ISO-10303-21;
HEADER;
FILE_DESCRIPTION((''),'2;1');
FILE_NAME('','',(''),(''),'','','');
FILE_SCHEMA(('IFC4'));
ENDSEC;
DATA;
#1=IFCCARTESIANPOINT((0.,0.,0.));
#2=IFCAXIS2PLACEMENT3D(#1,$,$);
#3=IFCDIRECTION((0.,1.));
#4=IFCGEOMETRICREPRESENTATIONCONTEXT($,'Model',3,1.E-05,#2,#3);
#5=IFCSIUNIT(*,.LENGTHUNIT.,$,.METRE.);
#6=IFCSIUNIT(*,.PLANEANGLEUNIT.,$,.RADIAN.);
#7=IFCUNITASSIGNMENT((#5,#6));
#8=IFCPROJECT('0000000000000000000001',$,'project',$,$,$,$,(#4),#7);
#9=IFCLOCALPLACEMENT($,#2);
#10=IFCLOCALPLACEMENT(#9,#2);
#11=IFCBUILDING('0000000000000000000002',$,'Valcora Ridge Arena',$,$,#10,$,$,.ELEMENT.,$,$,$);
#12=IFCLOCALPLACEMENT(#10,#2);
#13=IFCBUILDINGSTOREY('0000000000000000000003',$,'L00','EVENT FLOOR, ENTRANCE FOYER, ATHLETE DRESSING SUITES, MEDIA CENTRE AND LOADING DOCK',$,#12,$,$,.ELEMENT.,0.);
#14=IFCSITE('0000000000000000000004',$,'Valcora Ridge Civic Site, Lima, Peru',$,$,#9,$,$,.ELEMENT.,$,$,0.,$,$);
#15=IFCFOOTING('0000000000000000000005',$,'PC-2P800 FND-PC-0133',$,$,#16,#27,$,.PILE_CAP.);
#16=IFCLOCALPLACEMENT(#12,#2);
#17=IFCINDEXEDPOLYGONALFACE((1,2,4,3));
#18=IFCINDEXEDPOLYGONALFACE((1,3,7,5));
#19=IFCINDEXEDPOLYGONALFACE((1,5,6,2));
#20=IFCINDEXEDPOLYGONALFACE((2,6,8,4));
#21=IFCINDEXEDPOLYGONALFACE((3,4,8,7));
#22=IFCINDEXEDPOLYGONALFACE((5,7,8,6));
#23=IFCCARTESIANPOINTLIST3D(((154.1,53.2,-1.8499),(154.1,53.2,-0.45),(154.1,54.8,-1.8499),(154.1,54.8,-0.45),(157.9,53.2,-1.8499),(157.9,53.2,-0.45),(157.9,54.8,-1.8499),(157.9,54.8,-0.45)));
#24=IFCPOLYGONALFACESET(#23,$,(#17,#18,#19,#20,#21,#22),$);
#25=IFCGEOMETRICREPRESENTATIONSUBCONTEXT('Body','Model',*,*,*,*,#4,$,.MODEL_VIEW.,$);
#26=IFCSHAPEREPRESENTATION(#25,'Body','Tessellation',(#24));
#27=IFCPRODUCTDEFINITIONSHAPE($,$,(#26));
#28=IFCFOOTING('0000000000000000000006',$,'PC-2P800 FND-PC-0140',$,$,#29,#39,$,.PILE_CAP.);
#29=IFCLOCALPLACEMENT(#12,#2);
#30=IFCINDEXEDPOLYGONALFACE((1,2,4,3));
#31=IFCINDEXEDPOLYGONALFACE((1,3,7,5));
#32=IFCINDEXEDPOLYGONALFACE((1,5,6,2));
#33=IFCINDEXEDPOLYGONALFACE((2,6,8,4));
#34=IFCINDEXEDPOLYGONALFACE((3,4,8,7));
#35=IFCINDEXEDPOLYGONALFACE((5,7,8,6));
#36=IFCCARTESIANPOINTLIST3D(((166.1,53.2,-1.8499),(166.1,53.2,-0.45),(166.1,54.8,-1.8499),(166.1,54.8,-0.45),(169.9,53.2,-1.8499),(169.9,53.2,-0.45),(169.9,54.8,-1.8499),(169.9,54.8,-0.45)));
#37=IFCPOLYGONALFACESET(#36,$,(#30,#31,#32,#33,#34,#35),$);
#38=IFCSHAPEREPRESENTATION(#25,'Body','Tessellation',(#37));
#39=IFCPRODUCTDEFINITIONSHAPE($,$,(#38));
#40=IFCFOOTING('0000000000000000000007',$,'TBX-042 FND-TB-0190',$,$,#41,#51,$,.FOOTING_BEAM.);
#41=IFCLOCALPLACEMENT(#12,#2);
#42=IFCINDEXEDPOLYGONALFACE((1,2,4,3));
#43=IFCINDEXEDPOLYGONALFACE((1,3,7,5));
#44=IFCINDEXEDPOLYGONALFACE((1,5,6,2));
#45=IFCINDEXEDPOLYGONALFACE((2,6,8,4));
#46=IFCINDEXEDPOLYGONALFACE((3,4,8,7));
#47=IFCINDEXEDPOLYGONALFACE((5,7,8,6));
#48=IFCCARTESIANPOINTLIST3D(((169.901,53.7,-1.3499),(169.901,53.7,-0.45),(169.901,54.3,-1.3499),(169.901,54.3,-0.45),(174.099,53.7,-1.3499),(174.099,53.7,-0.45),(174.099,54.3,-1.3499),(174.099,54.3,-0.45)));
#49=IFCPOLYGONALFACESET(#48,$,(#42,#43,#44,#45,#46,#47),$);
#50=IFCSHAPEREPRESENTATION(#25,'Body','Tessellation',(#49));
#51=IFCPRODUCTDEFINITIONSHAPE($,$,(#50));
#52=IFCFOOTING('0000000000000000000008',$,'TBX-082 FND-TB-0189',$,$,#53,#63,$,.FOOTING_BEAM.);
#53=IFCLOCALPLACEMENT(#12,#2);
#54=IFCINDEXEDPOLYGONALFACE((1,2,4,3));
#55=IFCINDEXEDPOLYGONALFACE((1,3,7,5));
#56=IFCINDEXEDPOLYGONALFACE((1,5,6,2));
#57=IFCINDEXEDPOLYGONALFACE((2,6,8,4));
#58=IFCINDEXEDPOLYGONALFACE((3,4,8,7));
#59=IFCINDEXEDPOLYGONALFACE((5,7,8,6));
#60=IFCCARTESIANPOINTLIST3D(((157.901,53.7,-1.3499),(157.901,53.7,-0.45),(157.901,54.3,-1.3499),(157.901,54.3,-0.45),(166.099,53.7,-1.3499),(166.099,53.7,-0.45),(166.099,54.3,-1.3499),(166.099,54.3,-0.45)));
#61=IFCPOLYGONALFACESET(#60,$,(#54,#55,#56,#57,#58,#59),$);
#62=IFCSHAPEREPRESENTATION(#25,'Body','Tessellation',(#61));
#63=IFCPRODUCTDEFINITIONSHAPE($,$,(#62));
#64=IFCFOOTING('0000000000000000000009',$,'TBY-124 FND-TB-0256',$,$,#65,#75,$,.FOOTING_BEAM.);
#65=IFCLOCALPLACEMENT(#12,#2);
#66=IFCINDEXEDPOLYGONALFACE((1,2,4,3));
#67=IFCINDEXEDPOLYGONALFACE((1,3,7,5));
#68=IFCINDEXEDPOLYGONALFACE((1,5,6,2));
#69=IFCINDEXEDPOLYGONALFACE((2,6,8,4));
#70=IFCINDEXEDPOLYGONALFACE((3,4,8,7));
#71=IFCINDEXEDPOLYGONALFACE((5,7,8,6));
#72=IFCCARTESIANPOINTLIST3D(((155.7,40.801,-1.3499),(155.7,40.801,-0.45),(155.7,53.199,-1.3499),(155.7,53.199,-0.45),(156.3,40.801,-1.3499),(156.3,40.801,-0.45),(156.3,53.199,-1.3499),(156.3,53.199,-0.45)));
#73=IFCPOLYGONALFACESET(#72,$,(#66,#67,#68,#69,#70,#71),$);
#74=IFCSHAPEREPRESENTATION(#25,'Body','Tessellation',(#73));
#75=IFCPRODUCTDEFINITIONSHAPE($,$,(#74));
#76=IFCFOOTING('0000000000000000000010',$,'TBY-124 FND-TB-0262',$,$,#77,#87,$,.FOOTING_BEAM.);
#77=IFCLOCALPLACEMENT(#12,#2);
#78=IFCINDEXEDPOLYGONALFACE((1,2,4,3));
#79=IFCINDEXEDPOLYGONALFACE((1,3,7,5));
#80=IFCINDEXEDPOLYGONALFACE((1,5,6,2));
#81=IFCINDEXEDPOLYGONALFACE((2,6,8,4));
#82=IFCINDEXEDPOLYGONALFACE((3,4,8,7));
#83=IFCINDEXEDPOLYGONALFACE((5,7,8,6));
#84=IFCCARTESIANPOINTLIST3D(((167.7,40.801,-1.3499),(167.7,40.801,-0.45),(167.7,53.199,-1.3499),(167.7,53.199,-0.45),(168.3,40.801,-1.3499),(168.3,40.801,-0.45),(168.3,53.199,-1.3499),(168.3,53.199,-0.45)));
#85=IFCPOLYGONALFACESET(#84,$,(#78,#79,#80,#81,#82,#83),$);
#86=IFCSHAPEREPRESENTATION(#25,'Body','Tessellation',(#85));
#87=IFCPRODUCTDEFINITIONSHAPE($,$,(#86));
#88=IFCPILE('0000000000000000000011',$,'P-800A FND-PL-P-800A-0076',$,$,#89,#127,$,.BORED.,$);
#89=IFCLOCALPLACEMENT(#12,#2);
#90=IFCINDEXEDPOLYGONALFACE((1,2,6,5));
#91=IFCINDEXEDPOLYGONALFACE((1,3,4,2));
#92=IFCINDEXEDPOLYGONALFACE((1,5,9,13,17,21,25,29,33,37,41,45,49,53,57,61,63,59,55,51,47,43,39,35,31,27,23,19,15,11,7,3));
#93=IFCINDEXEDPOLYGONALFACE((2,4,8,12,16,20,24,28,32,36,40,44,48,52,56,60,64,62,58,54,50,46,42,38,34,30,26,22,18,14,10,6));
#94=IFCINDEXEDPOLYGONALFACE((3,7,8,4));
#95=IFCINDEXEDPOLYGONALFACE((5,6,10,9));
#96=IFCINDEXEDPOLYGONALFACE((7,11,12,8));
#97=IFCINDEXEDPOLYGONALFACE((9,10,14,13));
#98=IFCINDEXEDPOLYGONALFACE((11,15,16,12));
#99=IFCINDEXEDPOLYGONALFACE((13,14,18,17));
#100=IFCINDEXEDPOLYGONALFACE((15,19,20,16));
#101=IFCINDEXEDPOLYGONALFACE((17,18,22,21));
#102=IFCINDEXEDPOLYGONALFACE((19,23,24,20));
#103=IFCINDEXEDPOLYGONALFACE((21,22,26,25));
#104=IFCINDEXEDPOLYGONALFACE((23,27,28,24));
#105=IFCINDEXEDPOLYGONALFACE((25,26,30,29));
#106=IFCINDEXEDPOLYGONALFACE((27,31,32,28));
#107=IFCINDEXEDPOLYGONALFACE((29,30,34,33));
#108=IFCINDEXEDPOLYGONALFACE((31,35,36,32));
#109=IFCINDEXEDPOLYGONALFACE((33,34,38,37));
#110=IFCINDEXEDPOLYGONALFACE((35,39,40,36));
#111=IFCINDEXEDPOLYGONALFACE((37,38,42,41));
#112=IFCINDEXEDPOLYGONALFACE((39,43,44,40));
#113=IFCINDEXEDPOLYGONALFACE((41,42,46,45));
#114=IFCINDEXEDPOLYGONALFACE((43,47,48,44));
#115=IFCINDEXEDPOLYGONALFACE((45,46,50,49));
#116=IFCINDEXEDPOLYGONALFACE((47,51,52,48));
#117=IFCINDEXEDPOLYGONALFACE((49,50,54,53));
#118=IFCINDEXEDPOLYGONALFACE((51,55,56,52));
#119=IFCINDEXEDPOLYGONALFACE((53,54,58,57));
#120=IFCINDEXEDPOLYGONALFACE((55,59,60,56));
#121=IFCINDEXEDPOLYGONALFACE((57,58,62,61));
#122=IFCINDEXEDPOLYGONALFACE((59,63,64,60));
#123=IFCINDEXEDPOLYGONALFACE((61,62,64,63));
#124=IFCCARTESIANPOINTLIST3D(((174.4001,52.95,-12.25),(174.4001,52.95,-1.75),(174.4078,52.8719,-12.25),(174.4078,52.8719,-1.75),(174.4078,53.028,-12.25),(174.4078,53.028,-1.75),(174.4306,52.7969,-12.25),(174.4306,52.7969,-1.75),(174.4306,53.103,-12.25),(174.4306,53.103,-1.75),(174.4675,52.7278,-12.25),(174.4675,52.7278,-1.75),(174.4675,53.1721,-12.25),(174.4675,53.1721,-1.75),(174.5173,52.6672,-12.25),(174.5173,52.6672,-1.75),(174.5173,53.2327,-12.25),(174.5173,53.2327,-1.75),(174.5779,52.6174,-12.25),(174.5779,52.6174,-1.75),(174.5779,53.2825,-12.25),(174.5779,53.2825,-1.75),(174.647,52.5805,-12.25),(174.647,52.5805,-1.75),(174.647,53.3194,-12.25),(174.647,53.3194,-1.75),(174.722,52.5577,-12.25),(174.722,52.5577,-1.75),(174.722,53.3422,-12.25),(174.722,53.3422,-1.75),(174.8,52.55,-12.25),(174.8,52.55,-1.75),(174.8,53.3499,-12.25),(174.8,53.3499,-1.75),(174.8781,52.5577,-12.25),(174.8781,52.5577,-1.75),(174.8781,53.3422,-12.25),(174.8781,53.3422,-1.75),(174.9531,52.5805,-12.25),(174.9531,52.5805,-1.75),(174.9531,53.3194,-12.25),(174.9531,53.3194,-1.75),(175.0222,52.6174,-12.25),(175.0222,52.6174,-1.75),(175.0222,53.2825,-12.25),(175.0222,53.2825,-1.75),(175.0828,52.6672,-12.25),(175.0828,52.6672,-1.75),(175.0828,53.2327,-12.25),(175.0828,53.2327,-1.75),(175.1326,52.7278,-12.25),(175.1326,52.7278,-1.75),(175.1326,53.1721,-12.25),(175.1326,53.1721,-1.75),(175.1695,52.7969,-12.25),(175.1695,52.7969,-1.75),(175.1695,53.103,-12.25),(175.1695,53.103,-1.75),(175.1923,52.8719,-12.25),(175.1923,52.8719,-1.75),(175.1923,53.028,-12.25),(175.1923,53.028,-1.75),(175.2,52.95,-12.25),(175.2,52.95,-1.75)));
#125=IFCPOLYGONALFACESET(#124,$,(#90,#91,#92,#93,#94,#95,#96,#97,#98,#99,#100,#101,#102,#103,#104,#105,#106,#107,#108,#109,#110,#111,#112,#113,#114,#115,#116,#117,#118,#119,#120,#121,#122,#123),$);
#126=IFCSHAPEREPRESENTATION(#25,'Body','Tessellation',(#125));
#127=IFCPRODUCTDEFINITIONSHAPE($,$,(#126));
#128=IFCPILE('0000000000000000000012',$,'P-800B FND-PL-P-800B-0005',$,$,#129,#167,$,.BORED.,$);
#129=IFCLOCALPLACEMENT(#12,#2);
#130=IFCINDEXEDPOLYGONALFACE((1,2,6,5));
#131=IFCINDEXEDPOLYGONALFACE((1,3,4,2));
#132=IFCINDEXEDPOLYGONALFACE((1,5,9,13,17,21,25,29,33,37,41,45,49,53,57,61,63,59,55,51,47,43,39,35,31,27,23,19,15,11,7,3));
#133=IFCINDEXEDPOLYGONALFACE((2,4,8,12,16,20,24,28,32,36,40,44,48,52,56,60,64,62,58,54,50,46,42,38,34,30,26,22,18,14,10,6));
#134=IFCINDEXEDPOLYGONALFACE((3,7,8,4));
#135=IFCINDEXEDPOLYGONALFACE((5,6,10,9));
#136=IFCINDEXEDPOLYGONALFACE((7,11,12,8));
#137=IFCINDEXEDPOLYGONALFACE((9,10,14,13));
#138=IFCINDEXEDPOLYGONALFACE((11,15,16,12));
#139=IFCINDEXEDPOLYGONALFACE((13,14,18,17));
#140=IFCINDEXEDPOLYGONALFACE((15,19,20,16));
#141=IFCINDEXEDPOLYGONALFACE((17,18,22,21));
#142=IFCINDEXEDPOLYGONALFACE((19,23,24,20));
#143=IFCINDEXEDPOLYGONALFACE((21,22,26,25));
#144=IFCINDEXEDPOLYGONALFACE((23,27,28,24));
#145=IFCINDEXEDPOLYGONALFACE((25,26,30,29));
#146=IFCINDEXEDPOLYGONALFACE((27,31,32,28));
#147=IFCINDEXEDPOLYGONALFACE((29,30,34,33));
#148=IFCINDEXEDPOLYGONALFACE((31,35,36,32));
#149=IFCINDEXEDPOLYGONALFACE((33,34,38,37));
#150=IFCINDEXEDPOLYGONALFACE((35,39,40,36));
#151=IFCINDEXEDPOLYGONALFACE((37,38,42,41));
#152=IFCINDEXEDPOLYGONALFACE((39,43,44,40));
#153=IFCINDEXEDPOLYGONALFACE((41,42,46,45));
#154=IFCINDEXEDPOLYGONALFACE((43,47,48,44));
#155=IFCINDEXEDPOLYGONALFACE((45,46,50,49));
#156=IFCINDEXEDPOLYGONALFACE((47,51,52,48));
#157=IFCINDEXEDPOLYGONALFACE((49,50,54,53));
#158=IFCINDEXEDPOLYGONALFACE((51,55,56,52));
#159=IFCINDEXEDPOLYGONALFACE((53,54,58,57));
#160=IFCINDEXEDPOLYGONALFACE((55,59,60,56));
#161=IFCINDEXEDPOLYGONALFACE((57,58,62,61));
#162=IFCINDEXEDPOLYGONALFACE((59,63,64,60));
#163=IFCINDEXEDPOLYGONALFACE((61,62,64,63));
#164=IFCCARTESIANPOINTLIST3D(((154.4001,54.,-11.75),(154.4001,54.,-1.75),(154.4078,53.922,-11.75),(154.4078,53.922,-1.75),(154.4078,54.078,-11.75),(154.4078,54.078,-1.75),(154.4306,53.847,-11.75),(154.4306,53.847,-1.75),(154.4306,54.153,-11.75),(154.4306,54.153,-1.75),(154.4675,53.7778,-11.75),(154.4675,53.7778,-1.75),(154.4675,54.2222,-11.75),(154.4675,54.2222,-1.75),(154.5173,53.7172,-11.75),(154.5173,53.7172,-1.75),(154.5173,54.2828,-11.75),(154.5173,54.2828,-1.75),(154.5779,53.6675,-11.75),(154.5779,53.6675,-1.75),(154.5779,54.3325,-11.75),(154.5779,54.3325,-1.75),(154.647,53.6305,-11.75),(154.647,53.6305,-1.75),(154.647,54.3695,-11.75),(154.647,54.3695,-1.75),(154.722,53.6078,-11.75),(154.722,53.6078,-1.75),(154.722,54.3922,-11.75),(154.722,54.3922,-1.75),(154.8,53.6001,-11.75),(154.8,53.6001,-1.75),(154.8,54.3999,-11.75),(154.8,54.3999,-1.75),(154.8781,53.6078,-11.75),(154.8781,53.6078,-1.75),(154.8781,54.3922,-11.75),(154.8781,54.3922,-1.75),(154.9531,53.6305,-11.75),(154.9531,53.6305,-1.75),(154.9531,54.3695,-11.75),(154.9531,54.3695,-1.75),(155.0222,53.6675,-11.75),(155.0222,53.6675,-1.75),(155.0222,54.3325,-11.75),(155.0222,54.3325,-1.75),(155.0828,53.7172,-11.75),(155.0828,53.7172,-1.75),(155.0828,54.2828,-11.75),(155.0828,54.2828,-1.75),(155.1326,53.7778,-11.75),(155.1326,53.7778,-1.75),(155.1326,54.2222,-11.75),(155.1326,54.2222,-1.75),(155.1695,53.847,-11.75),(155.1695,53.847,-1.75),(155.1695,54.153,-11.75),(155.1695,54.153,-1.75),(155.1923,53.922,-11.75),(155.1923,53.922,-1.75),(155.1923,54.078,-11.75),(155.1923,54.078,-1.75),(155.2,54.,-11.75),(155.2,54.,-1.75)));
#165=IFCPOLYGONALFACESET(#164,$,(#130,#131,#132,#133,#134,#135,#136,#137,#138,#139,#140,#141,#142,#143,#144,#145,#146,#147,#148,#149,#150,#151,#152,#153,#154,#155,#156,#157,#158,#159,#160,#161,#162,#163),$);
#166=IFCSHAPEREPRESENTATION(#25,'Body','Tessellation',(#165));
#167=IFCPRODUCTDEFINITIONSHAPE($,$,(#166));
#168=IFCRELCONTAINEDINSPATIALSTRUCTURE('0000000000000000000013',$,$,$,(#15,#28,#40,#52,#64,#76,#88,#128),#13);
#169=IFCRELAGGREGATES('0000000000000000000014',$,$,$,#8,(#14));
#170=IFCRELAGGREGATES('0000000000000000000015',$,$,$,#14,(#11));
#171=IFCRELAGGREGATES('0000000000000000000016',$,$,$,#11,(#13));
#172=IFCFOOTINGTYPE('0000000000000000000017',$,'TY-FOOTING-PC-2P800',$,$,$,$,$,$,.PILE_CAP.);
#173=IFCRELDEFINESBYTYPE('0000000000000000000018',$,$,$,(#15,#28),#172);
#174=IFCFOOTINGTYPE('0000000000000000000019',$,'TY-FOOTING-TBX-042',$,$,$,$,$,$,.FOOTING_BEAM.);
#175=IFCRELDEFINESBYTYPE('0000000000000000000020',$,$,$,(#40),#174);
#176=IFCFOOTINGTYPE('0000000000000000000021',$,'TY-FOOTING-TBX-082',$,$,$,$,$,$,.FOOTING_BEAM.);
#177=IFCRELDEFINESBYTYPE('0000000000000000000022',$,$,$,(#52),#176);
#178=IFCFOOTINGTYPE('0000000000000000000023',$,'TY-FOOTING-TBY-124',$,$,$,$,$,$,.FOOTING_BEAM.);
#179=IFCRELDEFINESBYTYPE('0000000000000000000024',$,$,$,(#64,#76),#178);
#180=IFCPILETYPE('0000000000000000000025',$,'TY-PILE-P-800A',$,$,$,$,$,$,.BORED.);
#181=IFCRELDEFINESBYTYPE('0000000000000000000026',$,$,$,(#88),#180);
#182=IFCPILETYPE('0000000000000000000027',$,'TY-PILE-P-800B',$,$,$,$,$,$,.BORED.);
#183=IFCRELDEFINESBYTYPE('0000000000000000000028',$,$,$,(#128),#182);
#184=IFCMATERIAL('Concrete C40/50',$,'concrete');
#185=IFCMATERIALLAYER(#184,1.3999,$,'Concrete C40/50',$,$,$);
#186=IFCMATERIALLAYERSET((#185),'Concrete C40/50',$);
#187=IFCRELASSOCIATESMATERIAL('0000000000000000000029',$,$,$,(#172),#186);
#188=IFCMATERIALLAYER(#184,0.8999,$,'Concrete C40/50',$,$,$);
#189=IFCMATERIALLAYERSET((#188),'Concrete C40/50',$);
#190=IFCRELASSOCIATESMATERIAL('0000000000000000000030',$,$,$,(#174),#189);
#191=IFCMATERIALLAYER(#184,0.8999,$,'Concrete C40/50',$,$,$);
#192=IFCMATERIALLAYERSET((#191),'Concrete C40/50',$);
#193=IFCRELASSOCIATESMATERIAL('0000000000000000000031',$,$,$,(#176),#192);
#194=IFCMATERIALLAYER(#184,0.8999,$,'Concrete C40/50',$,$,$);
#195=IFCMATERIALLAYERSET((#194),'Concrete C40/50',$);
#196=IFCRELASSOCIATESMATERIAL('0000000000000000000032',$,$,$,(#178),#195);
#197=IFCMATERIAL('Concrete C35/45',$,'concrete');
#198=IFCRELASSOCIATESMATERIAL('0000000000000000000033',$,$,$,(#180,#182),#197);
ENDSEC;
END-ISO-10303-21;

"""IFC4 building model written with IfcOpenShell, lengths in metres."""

from ifc_helpers import new_model, si_unit, direction, frame, origin, origin_2d, place, context, subcontext, project, spatial, rectangle, circle, extrude, material, layer, layer_set, material_profile, profile_set, type_object, element, save


model = new_model("IFC4")

# Units and contexts
model_context = context("Model", 3, precision=1e-05, world=origin(), true_north=direction((0.0, 1.0)))
body_context = subcontext(model_context, "Body", "Model", "MODEL_VIEW")
ifc_project = project(units=[si_unit("LENGTHUNIT", "METRE"), si_unit("PLANEANGLEUNIT", "RADIAN")], contexts=[model_context])

# Site, building, storey
site_placement = place(None, origin())
site = spatial("IfcSite", under=ifc_project, at=site_placement, Name="Valcora Ridge Civic Site, Lima, Peru", CompositionType="ELEMENT", RefElevation=0.0)
building_placement = place(site_placement, origin())
building = spatial("IfcBuilding", under=site, at=building_placement, Name="Valcora Ridge Arena", CompositionType="ELEMENT")
storey_placement = place(building_placement, origin())
storey = spatial("IfcBuildingStorey", under=building, at=storey_placement, Name="L00", Description="EVENT FLOOR, ENTRANCE FOYER, ATHLETE DRESSING SUITES, MEDIA CENTRE AND LOADING DOCK", CompositionType="ELEMENT", Elevation=0.0)

# Footings
ifc_material_1 = material(Name="Concrete C40/50", Category="concrete")
ifc_layer_1 = layer(ifc_material_1, 1.3999, Name="Concrete C40/50")
ifc_layer_set_1 = layer_set([ifc_layer_1], Name="Concrete C40/50")
footing_type_1 = type_object("IfcFootingType", Name="TY-FOOTING-PC-2P800", PredefinedType="PILE_CAP", material=ifc_layer_set_1)
for number, where, z_axis, x_axis, name in (
    (1, (156.0, 54.0, -1.8499), (0.0, 0.0, 1.0), (1.0, 0.0, 0.0), "PC-2P800 FND-PC-0133"),
    (2, (168.0, 54.0, -1.8499), (0.0, 0.0, 1.0), (1.0, 0.0, 0.0), "PC-2P800 FND-PC-0140"),
):
    element("IfcFooting", number, at=place(storey_placement, frame(where, z_axis=z_axis, x_axis=x_axis)), inside=storey, type_object=footing_type_1, Name=name, PredefinedType="PILE_CAP", context=body_context, shape_type="SweptSolid", body=[
        extrude(rectangle(XDim=3.8, YDim=1.6001, at=origin_2d()), origin(), (0.0, 0.0, 1.0), 1.3999),
    ])
ifc_layer_2 = layer(ifc_material_1, 0.8999, Name="Concrete C40/50")
ifc_layer_set_2 = layer_set([ifc_layer_2], Name="Concrete C40/50")
footing_type_2 = type_object("IfcFootingType", Name="TY-FOOTING-TBX-042", PredefinedType="FOOTING_BEAM", material=ifc_layer_set_2)
footing_1_placement = place(storey_placement, frame((172.0, 54.0, -1.3499), z_axis=(0.0, 0.0, 1.0), x_axis=(1.0, 0.0, 0.0)))
element("IfcFooting", 3, at=footing_1_placement, inside=storey, type_object=footing_type_2, Name="TBX-042 FND-TB-0190", PredefinedType="FOOTING_BEAM", context=body_context, shape_type="SweptSolid", body=[
    extrude(rectangle(XDim=4.198, YDim=0.6001, at=origin_2d()), origin(), (0.0, 0.0, 1.0), 0.8999),
])
ifc_layer_3 = layer(ifc_material_1, 0.8999, Name="Concrete C40/50")
ifc_layer_set_3 = layer_set([ifc_layer_3], Name="Concrete C40/50")
footing_type_3 = type_object("IfcFootingType", Name="TY-FOOTING-TBX-082", PredefinedType="FOOTING_BEAM", material=ifc_layer_set_3)
footing_2_placement = place(storey_placement, frame((162.0, 54.0, -1.3499), z_axis=(0.0, 0.0, 1.0), x_axis=(1.0, 0.0, 0.0)))
element("IfcFooting", 4, at=footing_2_placement, inside=storey, type_object=footing_type_3, Name="TBX-082 FND-TB-0189", PredefinedType="FOOTING_BEAM", context=body_context, shape_type="SweptSolid", body=[
    extrude(rectangle(XDim=8.198, YDim=0.6001, at=origin_2d()), origin(), (0.0, 0.0, 1.0), 0.8999),
])
ifc_layer_4 = layer(ifc_material_1, 0.8999, Name="Concrete C40/50")
ifc_layer_set_4 = layer_set([ifc_layer_4], Name="Concrete C40/50")
footing_type_4 = type_object("IfcFootingType", Name="TY-FOOTING-TBY-124", PredefinedType="FOOTING_BEAM", material=ifc_layer_set_4)
for number, where, z_axis, x_axis, name in (
    (5, (156.0, 47.0, -1.3499), (0.0, 0.0, 1.0), (1.0, 0.0, 0.0), "TBY-124 FND-TB-0256"),
    (6, (168.0, 47.0, -1.3499), (0.0, 0.0, 1.0), (1.0, 0.0, 0.0), "TBY-124 FND-TB-0262"),
):
    element("IfcFooting", number, at=place(storey_placement, frame(where, z_axis=z_axis, x_axis=x_axis)), inside=storey, type_object=footing_type_4, Name=name, PredefinedType="FOOTING_BEAM", context=body_context, shape_type="SweptSolid", body=[
        extrude(rectangle(XDim=0.6001, YDim=12.3979, at=origin_2d()), origin(), (0.0, 0.0, 1.0), 0.8999),
    ])

# Piles
ifc_material_2 = material(Name="Concrete C35/45", Category="concrete")
ifc_material_profile_1 = material_profile(ifc_material_2, circle(Radius=0.3999, at=origin_2d()), Name="BORED PILE D800")
ifc_profile_set_1 = profile_set([ifc_material_profile_1], Name="Concrete C35/45")
pile_type_1 = type_object("IfcPileType", Name="TY-PILE-P-800A", PredefinedType="BORED", material=ifc_profile_set_1)
pile_placement = place(storey_placement, frame((174.8, 52.95, -1.75), z_axis=(0.0, 0.0, -1.0), x_axis=(1.0, 0.0, 0.0)))
element("IfcPile", 7, at=pile_placement, inside=storey, type_object=pile_type_1, Name="P-800A FND-PL-P-800A-0076", PredefinedType="BORED", context=body_context, shape_type="SweptSolid", body=[
    extrude(circle(Radius=0.3999, at=origin_2d()), origin(), (0.0, 0.0, 1.0), 10.5),
])
ifc_material_profile_2 = material_profile(ifc_material_2, circle(Radius=0.3999, at=origin_2d()), Name="BORED PILE D800")
ifc_profile_set_2 = profile_set([ifc_material_profile_2], Name="Concrete C35/45")
pile_type_2 = type_object("IfcPileType", Name="TY-PILE-P-800B", PredefinedType="BORED", material=ifc_profile_set_2)
for number, where, z_axis, x_axis, name in (
    (8, (154.8, 54.0, -1.75), (0.0, 0.0, -1.0), (1.0, 0.0, 0.0), "P-800B FND-PL-P-800B-0005"),
):
    element("IfcPile", number, at=place(storey_placement, frame(where, z_axis=z_axis, x_axis=x_axis)), inside=storey, type_object=pile_type_2, Name=name, PredefinedType="BORED", context=body_context, shape_type="SweptSolid", body=[
        extrude(circle(Radius=0.3999, at=origin_2d()), origin(), (0.0, 0.0, 1.0), 10.0),
    ])

save(model, "model.ifc")
